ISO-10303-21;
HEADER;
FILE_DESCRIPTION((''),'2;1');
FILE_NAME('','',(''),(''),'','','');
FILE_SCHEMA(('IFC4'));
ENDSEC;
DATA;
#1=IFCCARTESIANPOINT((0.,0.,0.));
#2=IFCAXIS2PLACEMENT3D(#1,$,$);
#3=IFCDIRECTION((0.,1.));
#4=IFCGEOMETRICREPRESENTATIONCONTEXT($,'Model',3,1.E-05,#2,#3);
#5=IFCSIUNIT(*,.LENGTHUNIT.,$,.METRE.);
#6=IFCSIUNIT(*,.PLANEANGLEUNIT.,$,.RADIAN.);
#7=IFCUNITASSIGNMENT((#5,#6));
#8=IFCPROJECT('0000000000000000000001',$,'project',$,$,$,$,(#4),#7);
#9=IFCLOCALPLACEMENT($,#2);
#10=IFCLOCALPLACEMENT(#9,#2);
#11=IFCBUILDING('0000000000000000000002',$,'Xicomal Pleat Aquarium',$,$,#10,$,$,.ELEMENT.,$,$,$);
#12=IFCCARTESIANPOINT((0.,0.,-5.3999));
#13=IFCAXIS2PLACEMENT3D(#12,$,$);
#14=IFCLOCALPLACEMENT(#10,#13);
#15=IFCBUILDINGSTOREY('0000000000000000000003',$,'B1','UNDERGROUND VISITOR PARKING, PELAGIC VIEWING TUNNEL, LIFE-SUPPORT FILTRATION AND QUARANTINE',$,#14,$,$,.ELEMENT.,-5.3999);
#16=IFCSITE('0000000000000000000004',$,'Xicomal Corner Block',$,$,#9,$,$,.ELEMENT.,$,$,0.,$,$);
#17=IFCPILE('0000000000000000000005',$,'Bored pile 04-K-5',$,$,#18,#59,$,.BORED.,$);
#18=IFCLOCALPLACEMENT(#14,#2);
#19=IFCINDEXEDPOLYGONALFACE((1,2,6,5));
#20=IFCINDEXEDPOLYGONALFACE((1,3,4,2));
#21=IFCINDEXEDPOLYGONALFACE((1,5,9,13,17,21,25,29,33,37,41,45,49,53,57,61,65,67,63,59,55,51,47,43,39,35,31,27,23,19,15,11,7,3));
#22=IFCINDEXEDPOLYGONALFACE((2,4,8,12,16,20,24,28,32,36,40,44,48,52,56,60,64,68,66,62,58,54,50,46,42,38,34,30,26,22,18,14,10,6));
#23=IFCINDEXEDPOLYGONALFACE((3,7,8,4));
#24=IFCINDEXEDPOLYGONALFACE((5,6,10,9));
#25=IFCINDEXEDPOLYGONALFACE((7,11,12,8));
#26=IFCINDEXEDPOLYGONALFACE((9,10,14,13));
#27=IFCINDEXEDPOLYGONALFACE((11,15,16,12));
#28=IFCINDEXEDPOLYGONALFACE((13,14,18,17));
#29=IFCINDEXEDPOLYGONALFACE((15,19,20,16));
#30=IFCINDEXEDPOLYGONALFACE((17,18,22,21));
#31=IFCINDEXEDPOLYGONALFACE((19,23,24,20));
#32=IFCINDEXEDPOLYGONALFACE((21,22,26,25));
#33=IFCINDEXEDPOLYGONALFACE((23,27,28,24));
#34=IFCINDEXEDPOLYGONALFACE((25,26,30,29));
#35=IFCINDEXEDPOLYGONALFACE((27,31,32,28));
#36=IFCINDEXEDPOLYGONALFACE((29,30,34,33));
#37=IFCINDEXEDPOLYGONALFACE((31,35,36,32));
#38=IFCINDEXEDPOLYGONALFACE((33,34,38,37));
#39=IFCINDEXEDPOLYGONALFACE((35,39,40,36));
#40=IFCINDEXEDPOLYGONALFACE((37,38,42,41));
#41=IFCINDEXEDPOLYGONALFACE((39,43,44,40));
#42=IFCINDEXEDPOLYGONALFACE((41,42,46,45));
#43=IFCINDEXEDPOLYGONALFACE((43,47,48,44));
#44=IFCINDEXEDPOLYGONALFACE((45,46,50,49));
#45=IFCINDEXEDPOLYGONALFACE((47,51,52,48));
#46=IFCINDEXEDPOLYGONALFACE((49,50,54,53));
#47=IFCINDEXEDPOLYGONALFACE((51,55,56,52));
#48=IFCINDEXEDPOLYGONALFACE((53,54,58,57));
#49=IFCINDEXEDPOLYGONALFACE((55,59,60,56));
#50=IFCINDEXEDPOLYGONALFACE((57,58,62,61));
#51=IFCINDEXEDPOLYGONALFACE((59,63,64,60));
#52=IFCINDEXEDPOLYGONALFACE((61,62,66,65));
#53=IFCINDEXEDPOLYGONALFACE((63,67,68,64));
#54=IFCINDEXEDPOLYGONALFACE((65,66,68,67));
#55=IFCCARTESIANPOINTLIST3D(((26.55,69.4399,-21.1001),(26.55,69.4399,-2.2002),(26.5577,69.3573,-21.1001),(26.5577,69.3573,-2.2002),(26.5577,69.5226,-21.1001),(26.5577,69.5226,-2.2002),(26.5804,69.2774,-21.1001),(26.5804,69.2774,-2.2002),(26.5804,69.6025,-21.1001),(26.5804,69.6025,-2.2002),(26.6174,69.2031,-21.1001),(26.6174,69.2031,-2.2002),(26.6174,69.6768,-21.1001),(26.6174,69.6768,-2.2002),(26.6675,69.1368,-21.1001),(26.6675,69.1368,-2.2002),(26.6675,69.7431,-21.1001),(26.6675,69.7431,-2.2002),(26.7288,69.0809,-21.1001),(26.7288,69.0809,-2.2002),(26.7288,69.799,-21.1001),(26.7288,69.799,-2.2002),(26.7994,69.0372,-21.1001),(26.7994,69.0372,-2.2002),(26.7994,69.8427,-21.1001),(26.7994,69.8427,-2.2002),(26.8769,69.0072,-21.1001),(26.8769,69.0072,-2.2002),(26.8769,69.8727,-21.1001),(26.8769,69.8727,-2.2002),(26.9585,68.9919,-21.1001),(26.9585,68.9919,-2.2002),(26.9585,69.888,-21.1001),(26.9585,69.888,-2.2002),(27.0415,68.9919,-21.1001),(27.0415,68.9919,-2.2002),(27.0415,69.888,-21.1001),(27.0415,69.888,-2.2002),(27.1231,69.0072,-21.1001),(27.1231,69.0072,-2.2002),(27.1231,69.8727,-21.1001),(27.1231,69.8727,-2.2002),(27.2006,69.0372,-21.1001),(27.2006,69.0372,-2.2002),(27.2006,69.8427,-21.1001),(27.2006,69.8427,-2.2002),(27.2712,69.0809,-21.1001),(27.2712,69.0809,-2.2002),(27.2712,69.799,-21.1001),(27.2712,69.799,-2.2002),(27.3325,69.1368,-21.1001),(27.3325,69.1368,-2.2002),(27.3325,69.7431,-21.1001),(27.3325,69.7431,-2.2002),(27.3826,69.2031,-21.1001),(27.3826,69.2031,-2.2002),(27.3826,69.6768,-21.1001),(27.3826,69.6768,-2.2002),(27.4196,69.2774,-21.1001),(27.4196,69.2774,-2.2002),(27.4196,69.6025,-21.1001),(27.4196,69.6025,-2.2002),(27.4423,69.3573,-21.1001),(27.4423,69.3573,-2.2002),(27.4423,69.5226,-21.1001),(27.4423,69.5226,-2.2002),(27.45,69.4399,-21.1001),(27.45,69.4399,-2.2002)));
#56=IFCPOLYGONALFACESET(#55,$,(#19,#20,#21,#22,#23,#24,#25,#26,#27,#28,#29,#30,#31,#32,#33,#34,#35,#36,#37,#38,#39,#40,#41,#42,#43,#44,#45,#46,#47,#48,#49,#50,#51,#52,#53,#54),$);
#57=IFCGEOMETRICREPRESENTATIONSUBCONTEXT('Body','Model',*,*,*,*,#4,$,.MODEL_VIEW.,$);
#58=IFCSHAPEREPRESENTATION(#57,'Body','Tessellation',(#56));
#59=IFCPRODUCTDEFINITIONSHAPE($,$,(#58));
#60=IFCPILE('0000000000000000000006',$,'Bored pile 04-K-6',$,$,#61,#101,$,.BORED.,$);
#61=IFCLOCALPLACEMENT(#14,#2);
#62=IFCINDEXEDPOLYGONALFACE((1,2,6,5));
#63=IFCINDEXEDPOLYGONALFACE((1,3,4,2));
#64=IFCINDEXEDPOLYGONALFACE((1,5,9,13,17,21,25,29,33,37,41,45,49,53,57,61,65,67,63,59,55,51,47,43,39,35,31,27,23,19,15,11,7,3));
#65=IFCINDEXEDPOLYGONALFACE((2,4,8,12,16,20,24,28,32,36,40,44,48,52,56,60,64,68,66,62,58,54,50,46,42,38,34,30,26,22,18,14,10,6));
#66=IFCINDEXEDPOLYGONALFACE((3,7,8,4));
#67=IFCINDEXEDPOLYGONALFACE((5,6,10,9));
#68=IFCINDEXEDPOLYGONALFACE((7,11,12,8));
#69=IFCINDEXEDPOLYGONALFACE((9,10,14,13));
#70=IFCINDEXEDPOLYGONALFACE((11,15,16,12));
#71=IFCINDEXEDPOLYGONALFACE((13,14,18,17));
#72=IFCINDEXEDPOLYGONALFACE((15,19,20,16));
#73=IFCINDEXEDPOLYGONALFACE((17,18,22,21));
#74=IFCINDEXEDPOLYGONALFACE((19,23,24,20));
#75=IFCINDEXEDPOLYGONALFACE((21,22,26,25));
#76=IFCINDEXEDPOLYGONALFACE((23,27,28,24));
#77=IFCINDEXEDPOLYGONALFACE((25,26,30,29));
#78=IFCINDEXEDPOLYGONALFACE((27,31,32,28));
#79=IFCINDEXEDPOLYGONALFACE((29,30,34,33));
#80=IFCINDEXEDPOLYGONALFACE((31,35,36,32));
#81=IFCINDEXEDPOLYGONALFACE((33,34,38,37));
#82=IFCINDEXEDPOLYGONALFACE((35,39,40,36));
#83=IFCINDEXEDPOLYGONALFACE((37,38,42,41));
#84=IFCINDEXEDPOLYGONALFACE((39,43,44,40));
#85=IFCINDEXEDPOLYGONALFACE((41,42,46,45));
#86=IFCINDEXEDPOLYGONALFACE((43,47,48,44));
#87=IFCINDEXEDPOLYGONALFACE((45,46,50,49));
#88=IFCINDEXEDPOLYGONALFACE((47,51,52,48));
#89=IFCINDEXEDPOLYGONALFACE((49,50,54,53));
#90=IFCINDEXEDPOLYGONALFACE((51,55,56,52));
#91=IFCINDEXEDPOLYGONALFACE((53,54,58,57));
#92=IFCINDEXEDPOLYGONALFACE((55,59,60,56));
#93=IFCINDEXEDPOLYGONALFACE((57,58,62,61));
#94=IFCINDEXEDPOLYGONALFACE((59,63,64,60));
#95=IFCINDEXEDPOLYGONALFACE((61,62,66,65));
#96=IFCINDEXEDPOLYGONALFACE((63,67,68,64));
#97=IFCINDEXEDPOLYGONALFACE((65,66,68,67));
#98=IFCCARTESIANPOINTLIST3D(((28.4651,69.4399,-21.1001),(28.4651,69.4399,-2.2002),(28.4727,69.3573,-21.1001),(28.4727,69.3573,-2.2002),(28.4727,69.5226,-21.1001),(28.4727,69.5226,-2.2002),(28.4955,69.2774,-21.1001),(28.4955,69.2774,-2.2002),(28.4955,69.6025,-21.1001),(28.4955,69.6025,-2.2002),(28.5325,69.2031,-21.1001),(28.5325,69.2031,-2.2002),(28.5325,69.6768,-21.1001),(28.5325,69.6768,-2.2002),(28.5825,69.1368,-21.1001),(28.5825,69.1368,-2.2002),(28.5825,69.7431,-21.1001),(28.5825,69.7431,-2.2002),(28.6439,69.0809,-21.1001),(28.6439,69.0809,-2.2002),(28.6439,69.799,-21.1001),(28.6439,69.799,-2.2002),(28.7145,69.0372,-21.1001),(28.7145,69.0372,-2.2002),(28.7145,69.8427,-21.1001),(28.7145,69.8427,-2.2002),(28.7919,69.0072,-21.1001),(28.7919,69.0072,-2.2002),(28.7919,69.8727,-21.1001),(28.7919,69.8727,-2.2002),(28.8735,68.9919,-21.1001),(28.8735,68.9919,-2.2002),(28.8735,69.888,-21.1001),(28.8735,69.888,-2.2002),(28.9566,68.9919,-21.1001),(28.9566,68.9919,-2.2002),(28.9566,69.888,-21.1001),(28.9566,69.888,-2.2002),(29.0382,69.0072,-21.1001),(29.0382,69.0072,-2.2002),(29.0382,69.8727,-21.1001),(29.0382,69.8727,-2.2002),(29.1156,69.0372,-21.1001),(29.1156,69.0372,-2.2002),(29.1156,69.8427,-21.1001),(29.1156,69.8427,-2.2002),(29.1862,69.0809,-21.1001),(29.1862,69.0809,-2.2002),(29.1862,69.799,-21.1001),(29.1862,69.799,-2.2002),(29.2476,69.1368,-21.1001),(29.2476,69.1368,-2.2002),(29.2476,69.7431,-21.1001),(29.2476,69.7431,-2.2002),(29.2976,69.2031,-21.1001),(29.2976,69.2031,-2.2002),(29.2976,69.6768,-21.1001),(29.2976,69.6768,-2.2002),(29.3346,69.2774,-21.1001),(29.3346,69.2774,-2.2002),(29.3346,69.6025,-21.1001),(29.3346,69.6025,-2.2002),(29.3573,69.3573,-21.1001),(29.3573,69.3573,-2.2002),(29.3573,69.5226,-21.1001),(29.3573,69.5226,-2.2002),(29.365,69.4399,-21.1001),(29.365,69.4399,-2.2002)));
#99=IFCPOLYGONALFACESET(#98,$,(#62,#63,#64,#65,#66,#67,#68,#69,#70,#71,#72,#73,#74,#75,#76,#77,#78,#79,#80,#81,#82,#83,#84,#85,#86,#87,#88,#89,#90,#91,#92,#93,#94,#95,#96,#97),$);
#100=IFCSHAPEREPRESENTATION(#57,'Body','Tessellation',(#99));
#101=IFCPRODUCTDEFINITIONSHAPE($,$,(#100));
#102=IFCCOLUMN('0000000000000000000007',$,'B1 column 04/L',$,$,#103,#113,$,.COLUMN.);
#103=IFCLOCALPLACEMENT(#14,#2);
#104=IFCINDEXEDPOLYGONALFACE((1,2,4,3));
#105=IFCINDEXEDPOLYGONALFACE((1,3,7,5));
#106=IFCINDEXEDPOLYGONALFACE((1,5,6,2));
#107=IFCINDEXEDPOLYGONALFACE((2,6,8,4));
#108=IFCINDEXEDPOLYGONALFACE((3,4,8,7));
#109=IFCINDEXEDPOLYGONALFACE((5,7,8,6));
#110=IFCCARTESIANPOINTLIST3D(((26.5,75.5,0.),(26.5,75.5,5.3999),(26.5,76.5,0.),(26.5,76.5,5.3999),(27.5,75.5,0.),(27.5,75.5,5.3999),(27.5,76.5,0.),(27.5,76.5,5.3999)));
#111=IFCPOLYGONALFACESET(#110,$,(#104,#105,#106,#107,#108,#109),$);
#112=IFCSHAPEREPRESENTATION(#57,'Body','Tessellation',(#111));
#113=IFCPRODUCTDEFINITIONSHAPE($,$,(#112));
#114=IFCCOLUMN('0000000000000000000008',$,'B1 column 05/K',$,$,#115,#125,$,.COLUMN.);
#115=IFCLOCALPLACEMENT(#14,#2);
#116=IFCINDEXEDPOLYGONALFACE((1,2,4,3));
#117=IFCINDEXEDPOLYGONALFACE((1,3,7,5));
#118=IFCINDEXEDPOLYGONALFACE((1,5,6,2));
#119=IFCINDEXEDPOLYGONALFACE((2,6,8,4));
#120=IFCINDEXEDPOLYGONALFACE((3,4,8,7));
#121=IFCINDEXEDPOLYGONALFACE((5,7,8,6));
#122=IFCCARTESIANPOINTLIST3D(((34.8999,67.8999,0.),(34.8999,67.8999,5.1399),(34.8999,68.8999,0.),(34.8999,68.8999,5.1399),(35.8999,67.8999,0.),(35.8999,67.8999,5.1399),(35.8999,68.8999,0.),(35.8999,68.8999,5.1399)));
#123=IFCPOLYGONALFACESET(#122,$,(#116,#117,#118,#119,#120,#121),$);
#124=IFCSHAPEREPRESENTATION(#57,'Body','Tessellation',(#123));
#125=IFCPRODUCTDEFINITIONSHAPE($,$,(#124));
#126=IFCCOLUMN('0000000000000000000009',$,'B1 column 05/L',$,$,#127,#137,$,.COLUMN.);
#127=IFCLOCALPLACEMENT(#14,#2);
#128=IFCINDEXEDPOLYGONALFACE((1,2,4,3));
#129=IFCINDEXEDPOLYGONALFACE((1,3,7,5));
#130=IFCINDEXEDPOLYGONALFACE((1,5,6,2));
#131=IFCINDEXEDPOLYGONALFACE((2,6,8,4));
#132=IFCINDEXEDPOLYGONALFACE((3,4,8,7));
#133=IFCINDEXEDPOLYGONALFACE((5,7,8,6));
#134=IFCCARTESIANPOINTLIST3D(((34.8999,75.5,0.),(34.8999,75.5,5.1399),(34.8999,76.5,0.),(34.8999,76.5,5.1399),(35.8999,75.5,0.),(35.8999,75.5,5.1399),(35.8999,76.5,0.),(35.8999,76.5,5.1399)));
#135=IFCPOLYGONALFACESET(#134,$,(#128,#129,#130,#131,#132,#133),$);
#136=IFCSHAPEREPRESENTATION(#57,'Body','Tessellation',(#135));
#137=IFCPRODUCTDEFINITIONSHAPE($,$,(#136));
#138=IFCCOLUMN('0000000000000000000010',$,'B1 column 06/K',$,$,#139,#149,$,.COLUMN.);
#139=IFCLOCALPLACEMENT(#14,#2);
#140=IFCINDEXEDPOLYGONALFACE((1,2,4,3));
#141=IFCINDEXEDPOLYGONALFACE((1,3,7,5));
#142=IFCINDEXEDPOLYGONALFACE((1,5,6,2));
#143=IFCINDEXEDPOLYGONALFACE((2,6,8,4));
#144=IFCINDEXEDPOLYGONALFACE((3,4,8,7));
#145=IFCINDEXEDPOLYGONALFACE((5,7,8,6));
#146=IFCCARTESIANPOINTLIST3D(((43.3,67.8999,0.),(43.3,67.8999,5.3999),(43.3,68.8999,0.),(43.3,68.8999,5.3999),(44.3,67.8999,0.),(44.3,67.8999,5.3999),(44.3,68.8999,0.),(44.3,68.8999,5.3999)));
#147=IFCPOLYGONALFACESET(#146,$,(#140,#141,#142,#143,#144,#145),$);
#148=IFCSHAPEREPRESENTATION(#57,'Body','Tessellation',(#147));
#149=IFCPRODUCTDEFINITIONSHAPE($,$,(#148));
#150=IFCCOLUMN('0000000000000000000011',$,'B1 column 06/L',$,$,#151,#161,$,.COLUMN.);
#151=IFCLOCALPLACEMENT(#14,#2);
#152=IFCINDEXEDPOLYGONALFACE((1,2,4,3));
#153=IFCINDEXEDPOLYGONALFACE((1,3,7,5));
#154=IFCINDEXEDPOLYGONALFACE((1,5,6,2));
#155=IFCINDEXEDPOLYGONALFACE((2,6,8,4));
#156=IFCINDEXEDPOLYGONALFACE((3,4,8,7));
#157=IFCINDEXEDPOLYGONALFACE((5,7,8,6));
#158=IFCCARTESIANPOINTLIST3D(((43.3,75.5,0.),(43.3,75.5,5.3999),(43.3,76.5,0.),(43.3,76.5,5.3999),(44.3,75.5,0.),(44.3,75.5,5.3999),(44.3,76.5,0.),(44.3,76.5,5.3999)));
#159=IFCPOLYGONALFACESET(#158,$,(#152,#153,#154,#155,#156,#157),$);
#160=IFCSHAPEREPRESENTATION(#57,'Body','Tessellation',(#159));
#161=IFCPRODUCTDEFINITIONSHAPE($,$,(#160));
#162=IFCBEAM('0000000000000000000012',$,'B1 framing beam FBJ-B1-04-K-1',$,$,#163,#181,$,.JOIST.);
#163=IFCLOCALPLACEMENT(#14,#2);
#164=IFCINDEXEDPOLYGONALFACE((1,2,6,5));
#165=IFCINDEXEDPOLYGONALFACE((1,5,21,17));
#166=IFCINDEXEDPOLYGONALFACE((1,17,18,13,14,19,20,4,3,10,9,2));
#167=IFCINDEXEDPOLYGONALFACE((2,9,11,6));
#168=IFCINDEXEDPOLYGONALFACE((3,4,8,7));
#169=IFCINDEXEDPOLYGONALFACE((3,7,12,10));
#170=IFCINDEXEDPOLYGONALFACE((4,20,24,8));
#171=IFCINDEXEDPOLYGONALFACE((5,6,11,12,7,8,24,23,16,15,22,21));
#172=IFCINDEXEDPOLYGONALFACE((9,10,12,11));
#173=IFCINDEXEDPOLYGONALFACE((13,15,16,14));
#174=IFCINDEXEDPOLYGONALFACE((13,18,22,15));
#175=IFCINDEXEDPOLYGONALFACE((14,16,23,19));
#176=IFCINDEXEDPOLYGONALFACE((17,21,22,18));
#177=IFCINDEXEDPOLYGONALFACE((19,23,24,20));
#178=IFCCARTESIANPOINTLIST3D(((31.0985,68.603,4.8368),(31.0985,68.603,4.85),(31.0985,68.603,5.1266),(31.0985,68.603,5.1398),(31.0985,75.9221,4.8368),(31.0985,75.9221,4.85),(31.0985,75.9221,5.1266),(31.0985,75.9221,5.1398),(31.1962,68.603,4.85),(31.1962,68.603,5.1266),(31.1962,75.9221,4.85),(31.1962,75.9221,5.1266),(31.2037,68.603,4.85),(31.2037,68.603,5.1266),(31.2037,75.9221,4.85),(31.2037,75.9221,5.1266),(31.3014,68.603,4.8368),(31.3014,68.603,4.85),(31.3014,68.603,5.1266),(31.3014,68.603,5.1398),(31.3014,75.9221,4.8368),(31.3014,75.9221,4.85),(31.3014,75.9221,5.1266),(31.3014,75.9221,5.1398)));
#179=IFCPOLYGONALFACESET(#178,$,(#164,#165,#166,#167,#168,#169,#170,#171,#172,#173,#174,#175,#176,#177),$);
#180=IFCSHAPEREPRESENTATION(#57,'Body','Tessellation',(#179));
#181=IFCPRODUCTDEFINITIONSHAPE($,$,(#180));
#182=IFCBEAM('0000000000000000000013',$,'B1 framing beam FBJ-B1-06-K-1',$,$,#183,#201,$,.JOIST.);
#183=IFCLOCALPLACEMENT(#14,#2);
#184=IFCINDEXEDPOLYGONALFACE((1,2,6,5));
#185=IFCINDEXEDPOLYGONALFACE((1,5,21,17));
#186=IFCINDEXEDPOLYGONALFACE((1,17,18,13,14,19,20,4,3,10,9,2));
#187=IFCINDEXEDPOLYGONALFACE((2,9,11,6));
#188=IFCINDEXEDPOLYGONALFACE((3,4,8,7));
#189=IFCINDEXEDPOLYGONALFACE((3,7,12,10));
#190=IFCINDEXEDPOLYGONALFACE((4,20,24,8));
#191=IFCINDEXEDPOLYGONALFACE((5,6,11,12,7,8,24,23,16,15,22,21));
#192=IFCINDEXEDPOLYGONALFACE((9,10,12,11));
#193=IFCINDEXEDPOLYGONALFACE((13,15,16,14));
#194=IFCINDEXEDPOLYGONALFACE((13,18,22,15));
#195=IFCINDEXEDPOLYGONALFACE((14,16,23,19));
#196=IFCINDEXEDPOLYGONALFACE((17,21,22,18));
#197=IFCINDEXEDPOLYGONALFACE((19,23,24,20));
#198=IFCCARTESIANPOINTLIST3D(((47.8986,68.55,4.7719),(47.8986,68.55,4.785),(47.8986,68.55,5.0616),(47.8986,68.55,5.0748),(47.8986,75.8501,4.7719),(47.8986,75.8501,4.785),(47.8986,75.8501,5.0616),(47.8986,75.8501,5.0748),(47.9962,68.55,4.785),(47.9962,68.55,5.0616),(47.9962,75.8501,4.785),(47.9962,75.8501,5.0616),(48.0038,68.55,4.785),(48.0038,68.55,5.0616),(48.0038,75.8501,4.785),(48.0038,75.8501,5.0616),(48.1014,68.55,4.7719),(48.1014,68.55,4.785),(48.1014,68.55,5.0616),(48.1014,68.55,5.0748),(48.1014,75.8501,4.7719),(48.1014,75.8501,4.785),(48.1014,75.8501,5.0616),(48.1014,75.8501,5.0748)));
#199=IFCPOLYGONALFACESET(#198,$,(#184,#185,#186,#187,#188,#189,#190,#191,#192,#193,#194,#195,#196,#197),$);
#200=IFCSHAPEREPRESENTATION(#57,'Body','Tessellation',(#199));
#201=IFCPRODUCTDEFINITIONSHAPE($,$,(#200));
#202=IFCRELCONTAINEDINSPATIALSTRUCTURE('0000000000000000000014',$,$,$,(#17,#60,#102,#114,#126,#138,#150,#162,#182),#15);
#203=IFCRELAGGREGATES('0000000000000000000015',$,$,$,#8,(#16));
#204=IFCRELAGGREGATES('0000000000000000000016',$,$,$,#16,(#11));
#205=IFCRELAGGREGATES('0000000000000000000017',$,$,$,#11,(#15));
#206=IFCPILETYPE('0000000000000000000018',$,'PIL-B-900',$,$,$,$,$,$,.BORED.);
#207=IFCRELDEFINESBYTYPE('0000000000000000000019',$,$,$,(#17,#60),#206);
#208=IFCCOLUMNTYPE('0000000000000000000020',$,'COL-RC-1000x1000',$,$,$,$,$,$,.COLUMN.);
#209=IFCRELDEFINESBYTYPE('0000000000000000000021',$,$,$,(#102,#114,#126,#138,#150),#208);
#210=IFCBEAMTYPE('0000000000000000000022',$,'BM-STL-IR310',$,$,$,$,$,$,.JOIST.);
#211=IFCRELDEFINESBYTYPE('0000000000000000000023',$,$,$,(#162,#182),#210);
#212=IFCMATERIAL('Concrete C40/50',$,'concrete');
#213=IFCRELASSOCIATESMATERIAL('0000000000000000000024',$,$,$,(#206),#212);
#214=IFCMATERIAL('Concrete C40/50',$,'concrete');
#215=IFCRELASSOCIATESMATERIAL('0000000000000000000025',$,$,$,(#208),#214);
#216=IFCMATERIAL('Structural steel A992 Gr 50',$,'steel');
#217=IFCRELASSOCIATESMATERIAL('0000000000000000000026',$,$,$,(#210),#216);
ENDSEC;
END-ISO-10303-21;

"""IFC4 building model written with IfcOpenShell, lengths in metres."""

from ifc_helpers import new_model, si_unit, direction, frame, origin, origin_2d, place, context, subcontext, project, spatial, rectangle, circle, i_section, extrude, material, material_profile, profile_set, type_object, element, save


model = new_model("IFC4")

# Units and contexts
model_context = context("Model", 3, precision=1e-05, world=origin(), true_north=direction((0.0, 1.0)))
body_context = subcontext(model_context, "Body", "Model", "MODEL_VIEW")
ifc_project = project(units=[si_unit("LENGTHUNIT", "METRE"), si_unit("PLANEANGLEUNIT", "RADIAN")], contexts=[model_context])

# Site, building, storey
site_placement = place(None, origin())
site = spatial("IfcSite", under=ifc_project, at=site_placement, Name="Xicomal Corner Block", CompositionType="ELEMENT", RefElevation=0.0)
building_placement = place(site_placement, origin())
building = spatial("IfcBuilding", under=site, at=building_placement, Name="Xicomal Pleat Aquarium", CompositionType="ELEMENT")
storey_placement = place(building_placement, frame((0.0, 0.0, -5.3999)))
storey = spatial("IfcBuildingStorey", under=building, at=storey_placement, Name="B1", Description="UNDERGROUND VISITOR PARKING, PELAGIC VIEWING TUNNEL, LIFE-SUPPORT FILTRATION AND QUARANTINE", CompositionType="ELEMENT", Elevation=-5.3999)

# Piles
ifc_material_1 = material(Name="Concrete C40/50", Category="concrete")
ifc_material_profile_1 = material_profile(ifc_material_1, circle(Radius=0.45, at=origin_2d()), Name="BORED PILE D900")
ifc_profile_set_1 = profile_set([ifc_material_profile_1], Name="Concrete C40/50")
pile_type_1 = type_object("IfcPileType", Name="PIL-B-900", PredefinedType="BORED", material=ifc_profile_set_1)
for number, where, z_axis, x_axis, name in (
    (1, (27.0, 69.4399, -2.2002), (0.0, 0.0, -1.0), (1.0, 0.0, 0.0), "Bored pile 04-K-5"),
    (2, (28.915, 69.4399, -2.2002), (0.0, 0.0, -1.0), (1.0, 0.0, 0.0), "Bored pile 04-K-6"),
):
    element("IfcPile", number, at=place(storey_placement, frame(where, z_axis=z_axis, x_axis=x_axis)), inside=storey, type_object=pile_type_1, Name=name, PredefinedType="BORED", context=body_context, shape_type="SweptSolid", body=[
        extrude(circle(Radius=0.45, at=origin_2d()), origin(), (0.0, 0.0, 1.0), 18.8999),
    ])

# Columns
ifc_material_2 = material(Name="Concrete C40/50", Category="concrete")
ifc_material_profile_2 = material_profile(ifc_material_2, rectangle(XDim=1.0, YDim=1.0, at=origin_2d()), Name="RC 1000x1000")
ifc_profile_set_2 = profile_set([ifc_material_profile_2], Name="Concrete C40/50")
column_type = type_object("IfcColumnType", Name="COL-RC-1000x1000", PredefinedType="COLUMN", material=ifc_profile_set_2)
column_placement = place(storey_placement, frame((27.0, 76.0, 0.0), z_axis=(0.0, 0.0, 1.0), x_axis=(1.0, 0.0, 0.0)))
element("IfcColumn", 3, at=column_placement, inside=storey, type_object=column_type, Name="B1 column 04/L", PredefinedType="COLUMN", context=body_context, shape_type="SweptSolid", body=[
    extrude(rectangle(XDim=1.0, YDim=1.0, at=origin_2d()), origin(), (0.0, 0.0, 1.0), 5.3999),
])
for number, where, z_axis, x_axis, name in (
    (4, (35.3999, 68.3999, 0.0), (0.0, 0.0, 1.0), (1.0, 0.0, 0.0), "B1 column 05/K"),
    (5, (35.3999, 76.0, 0.0), (0.0, 0.0, 1.0), (1.0, 0.0, 0.0), "B1 column 05/L"),
):
    element("IfcColumn", number, at=place(storey_placement, frame(where, z_axis=z_axis, x_axis=x_axis)), inside=storey, type_object=column_type, Name=name, PredefinedType="COLUMN", context=body_context, shape_type="SweptSolid", body=[
        extrude(rectangle(XDim=1.0, YDim=1.0, at=origin_2d()), origin(), (0.0, 0.0, 1.0), 5.1399),
    ])
for number, where, z_axis, x_axis, name in (
    (6, (43.8, 68.3999, 0.0), (0.0, 0.0, 1.0), (1.0, 0.0, 0.0), "B1 column 06/K"),
    (7, (43.8, 76.0, 0.0), (0.0, 0.0, 1.0), (1.0, 0.0, 0.0), "B1 column 06/L"),
):
    element("IfcColumn", number, at=place(storey_placement, frame(where, z_axis=z_axis, x_axis=x_axis)), inside=storey, type_object=column_type, Name=name, PredefinedType="COLUMN", context=body_context, shape_type="SweptSolid", body=[
        extrude(rectangle(XDim=1.0, YDim=1.0, at=origin_2d()), origin(), (0.0, 0.0, 1.0), 5.3999),
    ])

# Beams
ifc_material_3 = material(Name="Structural steel A992 Gr 50", Category="steel")
ifc_material_profile_3 = material_profile(ifc_material_3, i_section(OverallWidth=0.2029, OverallDepth=0.303, WebThickness=0.0076, FlangeThickness=0.0132, at=origin_2d()), Name="IR 310x60")
ifc_profile_set_3 = profile_set([ifc_material_profile_3], Name="Structural steel A992 Gr 50")
beam_type_1 = type_object("IfcBeamType", Name="BM-STL-IR310", PredefinedType="JOIST", material=ifc_profile_set_3)
beam_1_placement = place(storey_placement, frame((31.2, 68.603, 4.9883), z_axis=(0.0, 1.0, 0.0), x_axis=(-1.0, 0.0, 0.0)))
element("IfcBeam", 8, at=beam_1_placement, inside=storey, type_object=beam_type_1, Name="B1 framing beam FBJ-B1-04-K-1", PredefinedType="JOIST", context=body_context, shape_type="SweptSolid", body=[
    extrude(i_section(OverallWidth=0.2029, OverallDepth=0.303, WebThickness=0.0076, FlangeThickness=0.0132, at=origin_2d()), origin(), (0.0, 0.0, 1.0), 7.3191),
])
beam_2_placement = place(storey_placement, frame((48.0, 68.55, 4.9233), z_axis=(0.0, 1.0, 0.0), x_axis=(-1.0, 0.0, 0.0)))
element("IfcBeam", 9, at=beam_2_placement, inside=storey, type_object=beam_type_1, Name="B1 framing beam FBJ-B1-06-K-1", PredefinedType="JOIST", context=body_context, shape_type="SweptSolid", body=[
    extrude(i_section(OverallWidth=0.2029, OverallDepth=0.303, WebThickness=0.0076, FlangeThickness=0.0132, at=origin_2d()), origin(), (0.0, 0.0, 1.0), 7.3),
])

save(model, "model.ifc")
